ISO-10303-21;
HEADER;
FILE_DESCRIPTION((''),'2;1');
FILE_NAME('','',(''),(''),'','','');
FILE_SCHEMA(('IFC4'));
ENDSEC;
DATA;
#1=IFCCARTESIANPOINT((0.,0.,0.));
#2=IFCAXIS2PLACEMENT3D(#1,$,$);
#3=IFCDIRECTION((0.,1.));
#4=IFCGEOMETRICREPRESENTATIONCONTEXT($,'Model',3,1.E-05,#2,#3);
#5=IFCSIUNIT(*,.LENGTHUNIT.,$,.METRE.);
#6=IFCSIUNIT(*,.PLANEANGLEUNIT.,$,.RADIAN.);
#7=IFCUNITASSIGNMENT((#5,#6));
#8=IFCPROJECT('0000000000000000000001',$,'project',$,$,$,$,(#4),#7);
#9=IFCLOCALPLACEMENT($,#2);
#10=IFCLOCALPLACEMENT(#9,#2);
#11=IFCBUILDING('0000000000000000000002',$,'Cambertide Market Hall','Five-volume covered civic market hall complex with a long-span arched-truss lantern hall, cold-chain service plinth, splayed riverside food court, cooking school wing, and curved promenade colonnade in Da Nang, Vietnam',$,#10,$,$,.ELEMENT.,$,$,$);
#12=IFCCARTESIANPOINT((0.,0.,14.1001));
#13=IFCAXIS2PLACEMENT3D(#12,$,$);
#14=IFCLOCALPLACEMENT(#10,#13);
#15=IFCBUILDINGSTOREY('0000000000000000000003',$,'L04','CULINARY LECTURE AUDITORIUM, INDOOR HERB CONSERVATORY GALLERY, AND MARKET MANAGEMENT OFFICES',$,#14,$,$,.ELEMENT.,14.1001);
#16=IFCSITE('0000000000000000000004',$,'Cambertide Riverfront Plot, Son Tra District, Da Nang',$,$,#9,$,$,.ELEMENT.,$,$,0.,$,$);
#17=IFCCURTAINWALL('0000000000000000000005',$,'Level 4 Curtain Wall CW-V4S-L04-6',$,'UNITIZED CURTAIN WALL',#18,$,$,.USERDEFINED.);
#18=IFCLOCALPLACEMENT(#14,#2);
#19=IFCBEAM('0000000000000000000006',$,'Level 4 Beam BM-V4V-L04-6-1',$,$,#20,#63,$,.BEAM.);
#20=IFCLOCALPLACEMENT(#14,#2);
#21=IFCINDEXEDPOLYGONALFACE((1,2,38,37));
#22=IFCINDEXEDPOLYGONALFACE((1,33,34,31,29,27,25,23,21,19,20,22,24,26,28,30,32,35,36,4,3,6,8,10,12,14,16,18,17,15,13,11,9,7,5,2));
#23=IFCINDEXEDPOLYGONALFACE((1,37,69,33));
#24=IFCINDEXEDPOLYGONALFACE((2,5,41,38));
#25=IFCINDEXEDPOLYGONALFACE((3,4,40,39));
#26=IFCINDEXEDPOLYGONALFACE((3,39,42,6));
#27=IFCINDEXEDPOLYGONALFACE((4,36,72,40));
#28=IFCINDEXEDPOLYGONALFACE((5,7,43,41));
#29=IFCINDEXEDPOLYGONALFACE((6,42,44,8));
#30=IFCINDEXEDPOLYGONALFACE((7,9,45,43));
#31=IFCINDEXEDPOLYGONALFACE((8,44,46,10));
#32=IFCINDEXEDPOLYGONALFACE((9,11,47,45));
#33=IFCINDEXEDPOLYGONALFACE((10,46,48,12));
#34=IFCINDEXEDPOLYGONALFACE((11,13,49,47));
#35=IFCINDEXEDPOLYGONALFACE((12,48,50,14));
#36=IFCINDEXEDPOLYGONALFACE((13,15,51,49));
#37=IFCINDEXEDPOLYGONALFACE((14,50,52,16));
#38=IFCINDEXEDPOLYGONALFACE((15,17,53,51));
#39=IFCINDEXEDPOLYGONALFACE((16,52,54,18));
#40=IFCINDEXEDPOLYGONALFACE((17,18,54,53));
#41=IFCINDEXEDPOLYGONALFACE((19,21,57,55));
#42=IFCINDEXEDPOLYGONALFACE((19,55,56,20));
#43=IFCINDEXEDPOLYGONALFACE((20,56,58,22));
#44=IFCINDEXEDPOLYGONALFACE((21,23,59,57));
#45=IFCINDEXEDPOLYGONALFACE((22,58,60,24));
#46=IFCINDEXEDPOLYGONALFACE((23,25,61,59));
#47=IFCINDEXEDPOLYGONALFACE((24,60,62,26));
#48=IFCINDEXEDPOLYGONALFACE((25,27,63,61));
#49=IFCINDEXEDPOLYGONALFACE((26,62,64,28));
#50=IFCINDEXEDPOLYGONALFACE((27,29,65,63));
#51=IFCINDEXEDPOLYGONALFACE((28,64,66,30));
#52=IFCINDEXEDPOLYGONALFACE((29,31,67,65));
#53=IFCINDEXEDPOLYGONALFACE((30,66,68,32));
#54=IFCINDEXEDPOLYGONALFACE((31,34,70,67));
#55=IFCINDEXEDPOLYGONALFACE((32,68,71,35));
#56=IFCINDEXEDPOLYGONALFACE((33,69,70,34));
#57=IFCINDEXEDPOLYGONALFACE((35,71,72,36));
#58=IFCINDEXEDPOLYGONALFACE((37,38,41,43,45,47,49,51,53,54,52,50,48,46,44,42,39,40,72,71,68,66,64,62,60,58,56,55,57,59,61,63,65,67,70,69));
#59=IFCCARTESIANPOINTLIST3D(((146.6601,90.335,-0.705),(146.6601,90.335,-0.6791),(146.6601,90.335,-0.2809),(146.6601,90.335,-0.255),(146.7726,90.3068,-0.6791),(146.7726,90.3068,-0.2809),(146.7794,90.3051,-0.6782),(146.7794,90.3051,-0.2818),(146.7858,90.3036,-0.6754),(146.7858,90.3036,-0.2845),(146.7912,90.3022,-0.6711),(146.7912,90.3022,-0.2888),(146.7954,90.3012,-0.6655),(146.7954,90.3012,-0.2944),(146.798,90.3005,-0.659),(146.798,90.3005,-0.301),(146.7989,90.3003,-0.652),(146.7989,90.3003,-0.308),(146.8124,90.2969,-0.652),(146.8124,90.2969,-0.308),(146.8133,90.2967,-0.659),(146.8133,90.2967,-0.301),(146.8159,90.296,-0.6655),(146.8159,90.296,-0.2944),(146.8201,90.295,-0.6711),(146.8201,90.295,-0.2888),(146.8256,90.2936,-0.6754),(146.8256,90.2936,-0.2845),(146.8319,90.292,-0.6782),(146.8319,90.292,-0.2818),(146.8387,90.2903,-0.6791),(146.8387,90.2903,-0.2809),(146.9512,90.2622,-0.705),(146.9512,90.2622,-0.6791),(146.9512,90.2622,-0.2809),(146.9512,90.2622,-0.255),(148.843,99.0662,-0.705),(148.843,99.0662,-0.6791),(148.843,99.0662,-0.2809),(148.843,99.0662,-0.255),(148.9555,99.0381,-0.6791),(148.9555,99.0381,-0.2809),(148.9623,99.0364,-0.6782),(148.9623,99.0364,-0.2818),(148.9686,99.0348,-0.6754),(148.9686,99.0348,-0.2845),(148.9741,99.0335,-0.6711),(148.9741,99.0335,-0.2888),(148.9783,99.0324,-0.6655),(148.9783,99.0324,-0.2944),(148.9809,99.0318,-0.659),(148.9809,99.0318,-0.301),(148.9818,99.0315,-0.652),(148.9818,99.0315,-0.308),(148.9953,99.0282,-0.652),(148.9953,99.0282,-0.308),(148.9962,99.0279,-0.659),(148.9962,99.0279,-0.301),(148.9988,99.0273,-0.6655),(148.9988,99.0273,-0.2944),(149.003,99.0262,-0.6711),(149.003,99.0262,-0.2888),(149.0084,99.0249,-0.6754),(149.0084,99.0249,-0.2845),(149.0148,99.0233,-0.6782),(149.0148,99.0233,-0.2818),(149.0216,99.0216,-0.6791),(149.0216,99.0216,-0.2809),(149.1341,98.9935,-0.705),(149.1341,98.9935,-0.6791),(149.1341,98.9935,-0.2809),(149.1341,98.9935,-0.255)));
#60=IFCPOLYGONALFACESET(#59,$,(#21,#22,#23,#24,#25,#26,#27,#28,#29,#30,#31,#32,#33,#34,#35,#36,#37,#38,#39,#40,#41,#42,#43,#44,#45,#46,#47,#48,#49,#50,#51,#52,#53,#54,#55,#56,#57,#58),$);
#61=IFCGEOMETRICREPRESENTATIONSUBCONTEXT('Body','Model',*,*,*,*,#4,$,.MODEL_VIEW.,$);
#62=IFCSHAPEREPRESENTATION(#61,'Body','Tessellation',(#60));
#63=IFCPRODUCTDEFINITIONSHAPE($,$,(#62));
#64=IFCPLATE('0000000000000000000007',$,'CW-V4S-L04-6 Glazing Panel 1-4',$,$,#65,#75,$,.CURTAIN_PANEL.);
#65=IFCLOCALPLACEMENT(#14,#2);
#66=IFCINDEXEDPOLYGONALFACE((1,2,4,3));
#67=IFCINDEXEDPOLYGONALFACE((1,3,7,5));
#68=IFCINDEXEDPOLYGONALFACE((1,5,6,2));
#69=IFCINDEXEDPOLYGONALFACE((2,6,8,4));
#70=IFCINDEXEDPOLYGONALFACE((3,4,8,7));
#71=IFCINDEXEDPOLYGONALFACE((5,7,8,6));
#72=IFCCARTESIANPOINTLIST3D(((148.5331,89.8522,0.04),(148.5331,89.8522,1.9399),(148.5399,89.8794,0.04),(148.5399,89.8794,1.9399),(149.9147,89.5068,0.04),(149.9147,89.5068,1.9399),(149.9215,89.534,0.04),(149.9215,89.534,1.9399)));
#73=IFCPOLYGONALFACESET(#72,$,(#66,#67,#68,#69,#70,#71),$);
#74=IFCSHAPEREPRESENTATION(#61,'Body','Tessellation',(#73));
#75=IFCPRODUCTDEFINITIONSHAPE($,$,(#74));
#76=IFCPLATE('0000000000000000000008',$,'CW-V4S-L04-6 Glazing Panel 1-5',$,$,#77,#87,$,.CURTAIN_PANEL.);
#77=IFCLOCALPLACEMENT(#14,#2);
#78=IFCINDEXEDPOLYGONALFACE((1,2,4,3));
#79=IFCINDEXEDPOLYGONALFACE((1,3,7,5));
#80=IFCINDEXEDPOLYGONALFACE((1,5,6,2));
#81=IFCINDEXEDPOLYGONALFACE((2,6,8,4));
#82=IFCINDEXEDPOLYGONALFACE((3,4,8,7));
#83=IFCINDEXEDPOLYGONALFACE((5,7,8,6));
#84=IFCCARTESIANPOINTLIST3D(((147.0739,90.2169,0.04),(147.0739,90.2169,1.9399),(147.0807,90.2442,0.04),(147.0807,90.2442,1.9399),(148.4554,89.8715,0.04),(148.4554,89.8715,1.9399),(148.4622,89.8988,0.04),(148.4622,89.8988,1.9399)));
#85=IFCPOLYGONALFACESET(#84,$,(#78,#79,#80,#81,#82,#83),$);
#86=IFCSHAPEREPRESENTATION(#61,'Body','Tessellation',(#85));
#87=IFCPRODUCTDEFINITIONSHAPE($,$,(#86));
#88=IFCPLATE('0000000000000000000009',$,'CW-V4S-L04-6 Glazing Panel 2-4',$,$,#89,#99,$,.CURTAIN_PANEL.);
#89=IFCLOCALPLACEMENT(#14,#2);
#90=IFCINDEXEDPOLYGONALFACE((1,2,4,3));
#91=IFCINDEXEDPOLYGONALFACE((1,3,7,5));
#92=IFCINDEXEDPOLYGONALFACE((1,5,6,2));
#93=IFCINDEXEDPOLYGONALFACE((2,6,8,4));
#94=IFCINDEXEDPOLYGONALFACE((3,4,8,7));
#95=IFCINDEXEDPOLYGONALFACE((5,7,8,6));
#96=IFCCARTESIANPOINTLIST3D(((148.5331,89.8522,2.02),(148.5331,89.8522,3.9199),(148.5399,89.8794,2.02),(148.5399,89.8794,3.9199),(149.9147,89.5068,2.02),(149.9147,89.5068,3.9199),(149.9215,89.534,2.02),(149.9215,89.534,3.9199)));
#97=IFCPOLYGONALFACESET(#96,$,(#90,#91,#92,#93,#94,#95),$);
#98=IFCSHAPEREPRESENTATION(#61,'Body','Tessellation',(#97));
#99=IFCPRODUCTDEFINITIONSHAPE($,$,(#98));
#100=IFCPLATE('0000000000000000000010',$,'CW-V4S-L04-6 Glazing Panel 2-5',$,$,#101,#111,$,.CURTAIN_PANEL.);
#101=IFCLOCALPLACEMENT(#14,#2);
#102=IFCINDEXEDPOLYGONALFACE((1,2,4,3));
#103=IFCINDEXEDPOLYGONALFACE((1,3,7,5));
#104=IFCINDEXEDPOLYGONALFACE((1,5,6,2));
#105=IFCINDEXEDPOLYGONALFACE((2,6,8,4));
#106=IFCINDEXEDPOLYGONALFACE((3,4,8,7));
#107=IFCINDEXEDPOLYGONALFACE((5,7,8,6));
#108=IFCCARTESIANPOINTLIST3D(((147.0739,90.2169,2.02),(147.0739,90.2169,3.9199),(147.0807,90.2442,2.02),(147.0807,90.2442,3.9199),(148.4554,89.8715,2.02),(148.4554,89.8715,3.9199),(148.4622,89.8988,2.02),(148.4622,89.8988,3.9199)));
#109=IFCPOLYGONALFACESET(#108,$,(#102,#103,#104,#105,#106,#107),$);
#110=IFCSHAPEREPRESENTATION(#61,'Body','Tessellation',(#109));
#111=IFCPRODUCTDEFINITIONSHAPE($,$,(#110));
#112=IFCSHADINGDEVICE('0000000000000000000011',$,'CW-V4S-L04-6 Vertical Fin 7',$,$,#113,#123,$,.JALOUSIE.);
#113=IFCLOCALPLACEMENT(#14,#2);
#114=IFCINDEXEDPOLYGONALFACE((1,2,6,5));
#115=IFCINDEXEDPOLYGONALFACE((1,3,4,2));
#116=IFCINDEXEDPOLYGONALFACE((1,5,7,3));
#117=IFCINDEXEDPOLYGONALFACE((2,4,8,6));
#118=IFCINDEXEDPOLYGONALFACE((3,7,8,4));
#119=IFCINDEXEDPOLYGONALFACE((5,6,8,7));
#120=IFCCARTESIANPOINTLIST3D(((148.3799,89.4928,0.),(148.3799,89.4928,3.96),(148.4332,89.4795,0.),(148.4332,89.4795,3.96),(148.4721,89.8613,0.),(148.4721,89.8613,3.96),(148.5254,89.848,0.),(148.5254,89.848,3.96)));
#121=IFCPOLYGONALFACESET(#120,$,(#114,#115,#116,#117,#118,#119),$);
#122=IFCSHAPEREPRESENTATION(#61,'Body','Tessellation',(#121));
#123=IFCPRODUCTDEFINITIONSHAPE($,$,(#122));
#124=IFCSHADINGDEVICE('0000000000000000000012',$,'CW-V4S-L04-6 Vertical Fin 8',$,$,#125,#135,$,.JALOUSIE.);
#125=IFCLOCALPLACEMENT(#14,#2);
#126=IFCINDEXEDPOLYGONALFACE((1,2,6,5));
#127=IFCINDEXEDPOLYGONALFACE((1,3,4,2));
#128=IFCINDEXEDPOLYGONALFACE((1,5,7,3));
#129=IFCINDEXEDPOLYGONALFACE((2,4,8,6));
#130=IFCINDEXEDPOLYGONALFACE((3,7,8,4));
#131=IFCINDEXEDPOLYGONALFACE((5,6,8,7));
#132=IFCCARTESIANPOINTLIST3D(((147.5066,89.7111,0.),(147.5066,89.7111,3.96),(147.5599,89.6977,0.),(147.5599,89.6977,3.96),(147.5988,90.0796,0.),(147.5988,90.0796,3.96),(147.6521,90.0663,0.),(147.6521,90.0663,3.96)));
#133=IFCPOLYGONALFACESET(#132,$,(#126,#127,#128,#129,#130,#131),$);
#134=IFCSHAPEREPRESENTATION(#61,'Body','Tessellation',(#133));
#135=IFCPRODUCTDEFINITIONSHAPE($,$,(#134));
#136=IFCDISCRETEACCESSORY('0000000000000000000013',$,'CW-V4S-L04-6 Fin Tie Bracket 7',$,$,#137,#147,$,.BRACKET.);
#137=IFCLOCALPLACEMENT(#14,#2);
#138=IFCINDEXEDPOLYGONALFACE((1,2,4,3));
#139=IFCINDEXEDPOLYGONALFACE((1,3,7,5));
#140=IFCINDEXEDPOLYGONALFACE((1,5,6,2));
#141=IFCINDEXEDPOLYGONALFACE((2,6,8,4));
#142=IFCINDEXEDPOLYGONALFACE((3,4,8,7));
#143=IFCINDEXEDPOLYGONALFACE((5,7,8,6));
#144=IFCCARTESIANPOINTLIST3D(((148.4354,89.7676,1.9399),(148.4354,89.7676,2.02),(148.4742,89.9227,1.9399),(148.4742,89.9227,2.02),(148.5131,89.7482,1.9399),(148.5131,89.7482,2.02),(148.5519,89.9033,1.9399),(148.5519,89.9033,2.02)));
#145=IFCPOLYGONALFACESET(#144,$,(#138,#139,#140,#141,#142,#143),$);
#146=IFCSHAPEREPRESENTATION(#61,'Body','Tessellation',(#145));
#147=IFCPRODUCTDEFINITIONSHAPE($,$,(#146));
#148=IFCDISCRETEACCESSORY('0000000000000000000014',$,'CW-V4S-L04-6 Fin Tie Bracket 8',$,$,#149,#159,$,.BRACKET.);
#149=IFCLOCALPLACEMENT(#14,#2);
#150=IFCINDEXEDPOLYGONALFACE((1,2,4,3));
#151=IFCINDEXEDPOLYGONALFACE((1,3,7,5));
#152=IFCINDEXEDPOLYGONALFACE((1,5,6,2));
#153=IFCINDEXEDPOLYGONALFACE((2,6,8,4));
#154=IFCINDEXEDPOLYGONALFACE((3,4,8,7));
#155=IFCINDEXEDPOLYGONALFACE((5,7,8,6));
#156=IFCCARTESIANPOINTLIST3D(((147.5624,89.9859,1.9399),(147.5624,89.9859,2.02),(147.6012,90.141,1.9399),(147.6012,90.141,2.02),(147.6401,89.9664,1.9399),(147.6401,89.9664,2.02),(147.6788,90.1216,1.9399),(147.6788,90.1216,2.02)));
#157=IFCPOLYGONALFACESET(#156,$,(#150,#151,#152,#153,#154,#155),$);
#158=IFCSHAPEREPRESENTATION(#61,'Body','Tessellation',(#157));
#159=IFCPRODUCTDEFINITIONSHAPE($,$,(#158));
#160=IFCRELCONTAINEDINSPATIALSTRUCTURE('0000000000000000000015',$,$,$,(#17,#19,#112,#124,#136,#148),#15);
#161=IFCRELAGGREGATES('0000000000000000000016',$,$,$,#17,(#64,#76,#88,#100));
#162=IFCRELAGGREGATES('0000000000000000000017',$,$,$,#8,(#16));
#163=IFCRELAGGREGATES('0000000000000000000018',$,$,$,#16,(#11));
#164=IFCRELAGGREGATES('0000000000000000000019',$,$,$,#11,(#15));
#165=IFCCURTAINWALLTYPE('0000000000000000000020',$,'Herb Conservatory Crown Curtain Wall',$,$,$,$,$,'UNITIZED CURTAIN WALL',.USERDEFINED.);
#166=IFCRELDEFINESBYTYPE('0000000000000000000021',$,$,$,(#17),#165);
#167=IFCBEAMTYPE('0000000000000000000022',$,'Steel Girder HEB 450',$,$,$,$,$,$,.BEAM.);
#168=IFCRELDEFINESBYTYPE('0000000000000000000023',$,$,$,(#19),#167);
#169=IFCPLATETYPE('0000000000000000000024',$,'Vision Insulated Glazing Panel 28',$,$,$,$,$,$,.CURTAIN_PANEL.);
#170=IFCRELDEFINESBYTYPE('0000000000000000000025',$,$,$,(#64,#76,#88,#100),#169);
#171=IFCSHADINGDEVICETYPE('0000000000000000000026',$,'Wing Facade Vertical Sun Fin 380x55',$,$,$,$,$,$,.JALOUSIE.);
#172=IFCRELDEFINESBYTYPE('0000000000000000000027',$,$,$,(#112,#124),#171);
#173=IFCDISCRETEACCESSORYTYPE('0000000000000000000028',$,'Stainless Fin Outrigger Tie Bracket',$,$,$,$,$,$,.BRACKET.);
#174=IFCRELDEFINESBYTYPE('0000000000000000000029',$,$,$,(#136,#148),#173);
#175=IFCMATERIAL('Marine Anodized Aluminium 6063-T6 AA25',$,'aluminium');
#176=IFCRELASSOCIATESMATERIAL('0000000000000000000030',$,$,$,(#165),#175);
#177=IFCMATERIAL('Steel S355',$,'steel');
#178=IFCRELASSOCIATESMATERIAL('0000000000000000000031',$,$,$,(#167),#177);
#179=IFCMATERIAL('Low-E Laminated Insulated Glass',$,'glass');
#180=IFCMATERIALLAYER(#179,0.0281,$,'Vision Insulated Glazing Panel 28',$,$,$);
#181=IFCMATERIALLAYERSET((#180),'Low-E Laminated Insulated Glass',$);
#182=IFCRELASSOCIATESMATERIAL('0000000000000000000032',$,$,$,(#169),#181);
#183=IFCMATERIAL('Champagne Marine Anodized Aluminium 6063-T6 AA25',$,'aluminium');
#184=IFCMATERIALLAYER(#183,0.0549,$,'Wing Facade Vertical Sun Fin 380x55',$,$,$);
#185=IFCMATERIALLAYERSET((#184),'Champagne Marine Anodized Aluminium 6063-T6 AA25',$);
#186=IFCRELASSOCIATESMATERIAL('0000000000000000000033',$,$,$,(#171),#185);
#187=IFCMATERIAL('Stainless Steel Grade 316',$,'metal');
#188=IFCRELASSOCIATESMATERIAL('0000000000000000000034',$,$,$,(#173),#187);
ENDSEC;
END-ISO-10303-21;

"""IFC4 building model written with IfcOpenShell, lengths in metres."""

from ifc_helpers import new_model, si_unit, direction, frame, origin, origin_2d, place, context, subcontext, project, spatial, rectangle, i_section, extrude, material, layer, layer_set, material_profile, profile_set, type_object, element, aggregate, save


model = new_model("IFC4")

# Units and contexts
model_context = context("Model", 3, precision=1e-05, world=origin(), true_north=direction((0.0, 1.0)))
body_context = subcontext(model_context, "Body", "Model", "MODEL_VIEW")
ifc_project = project(units=[si_unit("LENGTHUNIT", "METRE"), si_unit("PLANEANGLEUNIT", "RADIAN")], contexts=[model_context])

# Site, building, storey
site_placement = place(None, origin())
site = spatial("IfcSite", under=ifc_project, at=site_placement, Name="Cambertide Riverfront Plot, Son Tra District, Da Nang", CompositionType="ELEMENT", RefElevation=0.0)
building_placement = place(site_placement, origin())
building = spatial("IfcBuilding", under=site, at=building_placement, Name="Cambertide Market Hall", Description="Five-volume covered civic market hall complex with a long-span arched-truss lantern hall, cold-chain service plinth, splayed riverside food court, cooking school wing, and curved promenade colonnade in Da Nang, Vietnam", CompositionType="ELEMENT")
storey_placement = place(building_placement, frame((0.0, 0.0, 14.1001)))
storey = spatial("IfcBuildingStorey", under=building, at=storey_placement, Name="L04", Description="CULINARY LECTURE AUDITORIUM, INDOOR HERB CONSERVATORY GALLERY, AND MARKET MANAGEMENT OFFICES", CompositionType="ELEMENT", Elevation=14.1001)

# Shared definitions
ifc_material_1 = material(Name="Marine Anodized Aluminium 6063-T6 AA25", Category="aluminium")
curtain_wall_type = type_object("IfcCurtainWallType", Name="Herb Conservatory Crown Curtain Wall", ElementType="UNITIZED CURTAIN WALL", PredefinedType="USERDEFINED", material=ifc_material_1)

# Curtain wall
curtain_wall_1_placement = place(storey_placement, origin())
curtain_wall_1 = element("IfcCurtainWall", 1, at=curtain_wall_1_placement, inside=storey, type_object=curtain_wall_type, Name="Level 4 Curtain Wall CW-V4S-L04-6", ObjectType="UNITIZED CURTAIN WALL", PredefinedType="USERDEFINED")

# Beam
ifc_material_2 = material(Name="Steel S355", Category="steel")
ifc_material_profile_1 = material_profile(ifc_material_2, i_section(OverallWidth=0.3, OverallDepth=0.45, WebThickness=0.0139, FlangeThickness=0.0259, FilletRadius=0.0271, at=origin_2d()), Name="HEB 450")
ifc_profile_set_1 = profile_set([ifc_material_profile_1], Name="Steel S355")
beam_type_1 = type_object("IfcBeamType", Name="Steel Girder HEB 450", PredefinedType="BEAM", material=ifc_profile_set_1)
beam_1_placement = place(storey_placement, frame((146.8057, 90.2986, -0.48), z_axis=(0.242542, 0.970141, 0.0), x_axis=(-0.970141, 0.242542, 0.0)))
element("IfcBeam", 2, at=beam_1_placement, inside=storey, type_object=beam_type_1, Name="Level 4 Beam BM-V4V-L04-6-1", PredefinedType="BEAM", context=body_context, shape_type="SweptSolid", body=[
    extrude(i_section(OverallWidth=0.3, OverallDepth=0.45, WebThickness=0.0139, FlangeThickness=0.0259, FilletRadius=0.0271, at=origin_2d()), origin(), (0.0, 0.0, 1.0), 9.0),
])

# Plates
ifc_material_3 = material(Name="Low-E Laminated Insulated Glass", Category="glass")
ifc_layer_1 = layer(ifc_material_3, 0.0281, Name="Vision Insulated Glazing Panel 28")
ifc_layer_set_1 = layer_set([ifc_layer_1], Name="Low-E Laminated Insulated Glass")
plate_type = type_object("IfcPlateType", Name="Vision Insulated Glazing Panel 28", PredefinedType="CURTAIN_PANEL", material=ifc_layer_set_1)
plate_1_placement = place(storey_placement, frame((149.2273, 89.6931, 0.04), z_axis=(0.0, 0.0, 1.0), x_axis=(-0.970143, 0.242535, 0.0)))
plate_1 = element("IfcPlate", 3, at=plate_1_placement, type_object=plate_type, Name="CW-V4S-L04-6 Glazing Panel 1-4", PredefinedType="CURTAIN_PANEL", context=body_context, shape_type="SweptSolid", body=[
    extrude(rectangle(XDim=1.4241, YDim=0.0281, at=origin_2d()), origin(), (0.0, 0.0, 1.0), 1.8999),
])
plate_2_placement = place(storey_placement, frame((147.7681, 90.0579, 0.04), z_axis=(0.0, 0.0, 1.0), x_axis=(-0.970143, 0.242535, 0.0)))
plate_2 = element("IfcPlate", 4, at=plate_2_placement, type_object=plate_type, Name="CW-V4S-L04-6 Glazing Panel 1-5", PredefinedType="CURTAIN_PANEL", context=body_context, shape_type="SweptSolid", body=[
    extrude(rectangle(XDim=1.4241, YDim=0.0281, at=origin_2d()), origin(), (0.0, 0.0, 1.0), 1.8999),
])
plate_3_placement = place(storey_placement, frame((149.2273, 89.6931, 2.02), z_axis=(0.0, 0.0, 1.0), x_axis=(-0.970143, 0.242535, 0.0)))
plate_3 = element("IfcPlate", 5, at=plate_3_placement, type_object=plate_type, Name="CW-V4S-L04-6 Glazing Panel 2-4", PredefinedType="CURTAIN_PANEL", context=body_context, shape_type="SweptSolid", body=[
    extrude(rectangle(XDim=1.4241, YDim=0.0281, at=origin_2d()), origin(), (0.0, 0.0, 1.0), 1.8999),
])
plate_4_placement = place(storey_placement, frame((147.7681, 90.0579, 2.02), z_axis=(0.0, 0.0, 1.0), x_axis=(-0.970143, 0.242535, 0.0)))
plate_4 = element("IfcPlate", 6, at=plate_4_placement, type_object=plate_type, Name="CW-V4S-L04-6 Glazing Panel 2-5", PredefinedType="CURTAIN_PANEL", context=body_context, shape_type="SweptSolid", body=[
    extrude(rectangle(XDim=1.4241, YDim=0.0281, at=origin_2d()), origin(), (0.0, 0.0, 1.0), 1.8999),
])
aggregate(curtain_wall_1, [plate_1, plate_2, plate_3, plate_4])

# Shading devices
ifc_material_4 = material(Name="Champagne Marine Anodized Aluminium 6063-T6 AA25", Category="aluminium")
ifc_layer_2 = layer(ifc_material_4, 0.0549, Name="Wing Facade Vertical Sun Fin 380x55")
ifc_layer_set_2 = layer_set([ifc_layer_2], Name="Champagne Marine Anodized Aluminium 6063-T6 AA25")
shading_device_type = type_object("IfcShadingDeviceType", Name="Wing Facade Vertical Sun Fin 380x55", PredefinedType="JALOUSIE", material=ifc_layer_set_2)
for number, where, z_axis, x_axis, name in (
    (7, (148.4526, 89.6704, 0.0), (0.0, 0.0, 1.0), (-0.970143, 0.242535, 0.0), "CW-V4S-L04-6 Vertical Fin 7"),
    (8, (147.5793, 89.8887, 0.0), (0.0, 0.0, 1.0), (-0.970143, 0.242535, 0.0), "CW-V4S-L04-6 Vertical Fin 8"),
):
    element("IfcShadingDevice", number, at=place(storey_placement, frame(where, z_axis=z_axis, x_axis=x_axis)), inside=storey, type_object=shading_device_type, Name=name, PredefinedType="JALOUSIE", context=body_context, shape_type="SweptSolid", body=[
        extrude(rectangle(XDim=0.0549, YDim=0.3799, at=origin_2d()), origin(), (0.0, 0.0, 1.0), 3.96),
    ])

# Discrete accessories
ifc_material_5 = material(Name="Stainless Steel Grade 316", Category="metal")
discrete_accessory_type = type_object("IfcDiscreteAccessoryType", Name="Stainless Fin Outrigger Tie Bracket", PredefinedType="BRACKET", material=ifc_material_5)
for number, where, z_axis, x_axis, name in (
    (9, (148.4937, 89.8354, 1.9399), (0.0, 0.0, 1.0), (-0.970143, 0.242535, 0.0), "CW-V4S-L04-6 Fin Tie Bracket 7"),
    (10, (147.6206, 90.0537, 1.9399), (0.0, 0.0, 1.0), (-0.970143, 0.242535, 0.0), "CW-V4S-L04-6 Fin Tie Bracket 8"),
):
    element("IfcDiscreteAccessory", number, at=place(storey_placement, frame(where, z_axis=z_axis, x_axis=x_axis)), inside=storey, type_object=discrete_accessory_type, Name=name, PredefinedType="BRACKET", context=body_context, shape_type="SweptSolid", body=[
        extrude(rectangle(XDim=0.0801, YDim=0.1599, at=origin_2d()), origin(), (0.0, 0.0, 1.0), 0.0801),
    ])

save(model, "model.ifc")
